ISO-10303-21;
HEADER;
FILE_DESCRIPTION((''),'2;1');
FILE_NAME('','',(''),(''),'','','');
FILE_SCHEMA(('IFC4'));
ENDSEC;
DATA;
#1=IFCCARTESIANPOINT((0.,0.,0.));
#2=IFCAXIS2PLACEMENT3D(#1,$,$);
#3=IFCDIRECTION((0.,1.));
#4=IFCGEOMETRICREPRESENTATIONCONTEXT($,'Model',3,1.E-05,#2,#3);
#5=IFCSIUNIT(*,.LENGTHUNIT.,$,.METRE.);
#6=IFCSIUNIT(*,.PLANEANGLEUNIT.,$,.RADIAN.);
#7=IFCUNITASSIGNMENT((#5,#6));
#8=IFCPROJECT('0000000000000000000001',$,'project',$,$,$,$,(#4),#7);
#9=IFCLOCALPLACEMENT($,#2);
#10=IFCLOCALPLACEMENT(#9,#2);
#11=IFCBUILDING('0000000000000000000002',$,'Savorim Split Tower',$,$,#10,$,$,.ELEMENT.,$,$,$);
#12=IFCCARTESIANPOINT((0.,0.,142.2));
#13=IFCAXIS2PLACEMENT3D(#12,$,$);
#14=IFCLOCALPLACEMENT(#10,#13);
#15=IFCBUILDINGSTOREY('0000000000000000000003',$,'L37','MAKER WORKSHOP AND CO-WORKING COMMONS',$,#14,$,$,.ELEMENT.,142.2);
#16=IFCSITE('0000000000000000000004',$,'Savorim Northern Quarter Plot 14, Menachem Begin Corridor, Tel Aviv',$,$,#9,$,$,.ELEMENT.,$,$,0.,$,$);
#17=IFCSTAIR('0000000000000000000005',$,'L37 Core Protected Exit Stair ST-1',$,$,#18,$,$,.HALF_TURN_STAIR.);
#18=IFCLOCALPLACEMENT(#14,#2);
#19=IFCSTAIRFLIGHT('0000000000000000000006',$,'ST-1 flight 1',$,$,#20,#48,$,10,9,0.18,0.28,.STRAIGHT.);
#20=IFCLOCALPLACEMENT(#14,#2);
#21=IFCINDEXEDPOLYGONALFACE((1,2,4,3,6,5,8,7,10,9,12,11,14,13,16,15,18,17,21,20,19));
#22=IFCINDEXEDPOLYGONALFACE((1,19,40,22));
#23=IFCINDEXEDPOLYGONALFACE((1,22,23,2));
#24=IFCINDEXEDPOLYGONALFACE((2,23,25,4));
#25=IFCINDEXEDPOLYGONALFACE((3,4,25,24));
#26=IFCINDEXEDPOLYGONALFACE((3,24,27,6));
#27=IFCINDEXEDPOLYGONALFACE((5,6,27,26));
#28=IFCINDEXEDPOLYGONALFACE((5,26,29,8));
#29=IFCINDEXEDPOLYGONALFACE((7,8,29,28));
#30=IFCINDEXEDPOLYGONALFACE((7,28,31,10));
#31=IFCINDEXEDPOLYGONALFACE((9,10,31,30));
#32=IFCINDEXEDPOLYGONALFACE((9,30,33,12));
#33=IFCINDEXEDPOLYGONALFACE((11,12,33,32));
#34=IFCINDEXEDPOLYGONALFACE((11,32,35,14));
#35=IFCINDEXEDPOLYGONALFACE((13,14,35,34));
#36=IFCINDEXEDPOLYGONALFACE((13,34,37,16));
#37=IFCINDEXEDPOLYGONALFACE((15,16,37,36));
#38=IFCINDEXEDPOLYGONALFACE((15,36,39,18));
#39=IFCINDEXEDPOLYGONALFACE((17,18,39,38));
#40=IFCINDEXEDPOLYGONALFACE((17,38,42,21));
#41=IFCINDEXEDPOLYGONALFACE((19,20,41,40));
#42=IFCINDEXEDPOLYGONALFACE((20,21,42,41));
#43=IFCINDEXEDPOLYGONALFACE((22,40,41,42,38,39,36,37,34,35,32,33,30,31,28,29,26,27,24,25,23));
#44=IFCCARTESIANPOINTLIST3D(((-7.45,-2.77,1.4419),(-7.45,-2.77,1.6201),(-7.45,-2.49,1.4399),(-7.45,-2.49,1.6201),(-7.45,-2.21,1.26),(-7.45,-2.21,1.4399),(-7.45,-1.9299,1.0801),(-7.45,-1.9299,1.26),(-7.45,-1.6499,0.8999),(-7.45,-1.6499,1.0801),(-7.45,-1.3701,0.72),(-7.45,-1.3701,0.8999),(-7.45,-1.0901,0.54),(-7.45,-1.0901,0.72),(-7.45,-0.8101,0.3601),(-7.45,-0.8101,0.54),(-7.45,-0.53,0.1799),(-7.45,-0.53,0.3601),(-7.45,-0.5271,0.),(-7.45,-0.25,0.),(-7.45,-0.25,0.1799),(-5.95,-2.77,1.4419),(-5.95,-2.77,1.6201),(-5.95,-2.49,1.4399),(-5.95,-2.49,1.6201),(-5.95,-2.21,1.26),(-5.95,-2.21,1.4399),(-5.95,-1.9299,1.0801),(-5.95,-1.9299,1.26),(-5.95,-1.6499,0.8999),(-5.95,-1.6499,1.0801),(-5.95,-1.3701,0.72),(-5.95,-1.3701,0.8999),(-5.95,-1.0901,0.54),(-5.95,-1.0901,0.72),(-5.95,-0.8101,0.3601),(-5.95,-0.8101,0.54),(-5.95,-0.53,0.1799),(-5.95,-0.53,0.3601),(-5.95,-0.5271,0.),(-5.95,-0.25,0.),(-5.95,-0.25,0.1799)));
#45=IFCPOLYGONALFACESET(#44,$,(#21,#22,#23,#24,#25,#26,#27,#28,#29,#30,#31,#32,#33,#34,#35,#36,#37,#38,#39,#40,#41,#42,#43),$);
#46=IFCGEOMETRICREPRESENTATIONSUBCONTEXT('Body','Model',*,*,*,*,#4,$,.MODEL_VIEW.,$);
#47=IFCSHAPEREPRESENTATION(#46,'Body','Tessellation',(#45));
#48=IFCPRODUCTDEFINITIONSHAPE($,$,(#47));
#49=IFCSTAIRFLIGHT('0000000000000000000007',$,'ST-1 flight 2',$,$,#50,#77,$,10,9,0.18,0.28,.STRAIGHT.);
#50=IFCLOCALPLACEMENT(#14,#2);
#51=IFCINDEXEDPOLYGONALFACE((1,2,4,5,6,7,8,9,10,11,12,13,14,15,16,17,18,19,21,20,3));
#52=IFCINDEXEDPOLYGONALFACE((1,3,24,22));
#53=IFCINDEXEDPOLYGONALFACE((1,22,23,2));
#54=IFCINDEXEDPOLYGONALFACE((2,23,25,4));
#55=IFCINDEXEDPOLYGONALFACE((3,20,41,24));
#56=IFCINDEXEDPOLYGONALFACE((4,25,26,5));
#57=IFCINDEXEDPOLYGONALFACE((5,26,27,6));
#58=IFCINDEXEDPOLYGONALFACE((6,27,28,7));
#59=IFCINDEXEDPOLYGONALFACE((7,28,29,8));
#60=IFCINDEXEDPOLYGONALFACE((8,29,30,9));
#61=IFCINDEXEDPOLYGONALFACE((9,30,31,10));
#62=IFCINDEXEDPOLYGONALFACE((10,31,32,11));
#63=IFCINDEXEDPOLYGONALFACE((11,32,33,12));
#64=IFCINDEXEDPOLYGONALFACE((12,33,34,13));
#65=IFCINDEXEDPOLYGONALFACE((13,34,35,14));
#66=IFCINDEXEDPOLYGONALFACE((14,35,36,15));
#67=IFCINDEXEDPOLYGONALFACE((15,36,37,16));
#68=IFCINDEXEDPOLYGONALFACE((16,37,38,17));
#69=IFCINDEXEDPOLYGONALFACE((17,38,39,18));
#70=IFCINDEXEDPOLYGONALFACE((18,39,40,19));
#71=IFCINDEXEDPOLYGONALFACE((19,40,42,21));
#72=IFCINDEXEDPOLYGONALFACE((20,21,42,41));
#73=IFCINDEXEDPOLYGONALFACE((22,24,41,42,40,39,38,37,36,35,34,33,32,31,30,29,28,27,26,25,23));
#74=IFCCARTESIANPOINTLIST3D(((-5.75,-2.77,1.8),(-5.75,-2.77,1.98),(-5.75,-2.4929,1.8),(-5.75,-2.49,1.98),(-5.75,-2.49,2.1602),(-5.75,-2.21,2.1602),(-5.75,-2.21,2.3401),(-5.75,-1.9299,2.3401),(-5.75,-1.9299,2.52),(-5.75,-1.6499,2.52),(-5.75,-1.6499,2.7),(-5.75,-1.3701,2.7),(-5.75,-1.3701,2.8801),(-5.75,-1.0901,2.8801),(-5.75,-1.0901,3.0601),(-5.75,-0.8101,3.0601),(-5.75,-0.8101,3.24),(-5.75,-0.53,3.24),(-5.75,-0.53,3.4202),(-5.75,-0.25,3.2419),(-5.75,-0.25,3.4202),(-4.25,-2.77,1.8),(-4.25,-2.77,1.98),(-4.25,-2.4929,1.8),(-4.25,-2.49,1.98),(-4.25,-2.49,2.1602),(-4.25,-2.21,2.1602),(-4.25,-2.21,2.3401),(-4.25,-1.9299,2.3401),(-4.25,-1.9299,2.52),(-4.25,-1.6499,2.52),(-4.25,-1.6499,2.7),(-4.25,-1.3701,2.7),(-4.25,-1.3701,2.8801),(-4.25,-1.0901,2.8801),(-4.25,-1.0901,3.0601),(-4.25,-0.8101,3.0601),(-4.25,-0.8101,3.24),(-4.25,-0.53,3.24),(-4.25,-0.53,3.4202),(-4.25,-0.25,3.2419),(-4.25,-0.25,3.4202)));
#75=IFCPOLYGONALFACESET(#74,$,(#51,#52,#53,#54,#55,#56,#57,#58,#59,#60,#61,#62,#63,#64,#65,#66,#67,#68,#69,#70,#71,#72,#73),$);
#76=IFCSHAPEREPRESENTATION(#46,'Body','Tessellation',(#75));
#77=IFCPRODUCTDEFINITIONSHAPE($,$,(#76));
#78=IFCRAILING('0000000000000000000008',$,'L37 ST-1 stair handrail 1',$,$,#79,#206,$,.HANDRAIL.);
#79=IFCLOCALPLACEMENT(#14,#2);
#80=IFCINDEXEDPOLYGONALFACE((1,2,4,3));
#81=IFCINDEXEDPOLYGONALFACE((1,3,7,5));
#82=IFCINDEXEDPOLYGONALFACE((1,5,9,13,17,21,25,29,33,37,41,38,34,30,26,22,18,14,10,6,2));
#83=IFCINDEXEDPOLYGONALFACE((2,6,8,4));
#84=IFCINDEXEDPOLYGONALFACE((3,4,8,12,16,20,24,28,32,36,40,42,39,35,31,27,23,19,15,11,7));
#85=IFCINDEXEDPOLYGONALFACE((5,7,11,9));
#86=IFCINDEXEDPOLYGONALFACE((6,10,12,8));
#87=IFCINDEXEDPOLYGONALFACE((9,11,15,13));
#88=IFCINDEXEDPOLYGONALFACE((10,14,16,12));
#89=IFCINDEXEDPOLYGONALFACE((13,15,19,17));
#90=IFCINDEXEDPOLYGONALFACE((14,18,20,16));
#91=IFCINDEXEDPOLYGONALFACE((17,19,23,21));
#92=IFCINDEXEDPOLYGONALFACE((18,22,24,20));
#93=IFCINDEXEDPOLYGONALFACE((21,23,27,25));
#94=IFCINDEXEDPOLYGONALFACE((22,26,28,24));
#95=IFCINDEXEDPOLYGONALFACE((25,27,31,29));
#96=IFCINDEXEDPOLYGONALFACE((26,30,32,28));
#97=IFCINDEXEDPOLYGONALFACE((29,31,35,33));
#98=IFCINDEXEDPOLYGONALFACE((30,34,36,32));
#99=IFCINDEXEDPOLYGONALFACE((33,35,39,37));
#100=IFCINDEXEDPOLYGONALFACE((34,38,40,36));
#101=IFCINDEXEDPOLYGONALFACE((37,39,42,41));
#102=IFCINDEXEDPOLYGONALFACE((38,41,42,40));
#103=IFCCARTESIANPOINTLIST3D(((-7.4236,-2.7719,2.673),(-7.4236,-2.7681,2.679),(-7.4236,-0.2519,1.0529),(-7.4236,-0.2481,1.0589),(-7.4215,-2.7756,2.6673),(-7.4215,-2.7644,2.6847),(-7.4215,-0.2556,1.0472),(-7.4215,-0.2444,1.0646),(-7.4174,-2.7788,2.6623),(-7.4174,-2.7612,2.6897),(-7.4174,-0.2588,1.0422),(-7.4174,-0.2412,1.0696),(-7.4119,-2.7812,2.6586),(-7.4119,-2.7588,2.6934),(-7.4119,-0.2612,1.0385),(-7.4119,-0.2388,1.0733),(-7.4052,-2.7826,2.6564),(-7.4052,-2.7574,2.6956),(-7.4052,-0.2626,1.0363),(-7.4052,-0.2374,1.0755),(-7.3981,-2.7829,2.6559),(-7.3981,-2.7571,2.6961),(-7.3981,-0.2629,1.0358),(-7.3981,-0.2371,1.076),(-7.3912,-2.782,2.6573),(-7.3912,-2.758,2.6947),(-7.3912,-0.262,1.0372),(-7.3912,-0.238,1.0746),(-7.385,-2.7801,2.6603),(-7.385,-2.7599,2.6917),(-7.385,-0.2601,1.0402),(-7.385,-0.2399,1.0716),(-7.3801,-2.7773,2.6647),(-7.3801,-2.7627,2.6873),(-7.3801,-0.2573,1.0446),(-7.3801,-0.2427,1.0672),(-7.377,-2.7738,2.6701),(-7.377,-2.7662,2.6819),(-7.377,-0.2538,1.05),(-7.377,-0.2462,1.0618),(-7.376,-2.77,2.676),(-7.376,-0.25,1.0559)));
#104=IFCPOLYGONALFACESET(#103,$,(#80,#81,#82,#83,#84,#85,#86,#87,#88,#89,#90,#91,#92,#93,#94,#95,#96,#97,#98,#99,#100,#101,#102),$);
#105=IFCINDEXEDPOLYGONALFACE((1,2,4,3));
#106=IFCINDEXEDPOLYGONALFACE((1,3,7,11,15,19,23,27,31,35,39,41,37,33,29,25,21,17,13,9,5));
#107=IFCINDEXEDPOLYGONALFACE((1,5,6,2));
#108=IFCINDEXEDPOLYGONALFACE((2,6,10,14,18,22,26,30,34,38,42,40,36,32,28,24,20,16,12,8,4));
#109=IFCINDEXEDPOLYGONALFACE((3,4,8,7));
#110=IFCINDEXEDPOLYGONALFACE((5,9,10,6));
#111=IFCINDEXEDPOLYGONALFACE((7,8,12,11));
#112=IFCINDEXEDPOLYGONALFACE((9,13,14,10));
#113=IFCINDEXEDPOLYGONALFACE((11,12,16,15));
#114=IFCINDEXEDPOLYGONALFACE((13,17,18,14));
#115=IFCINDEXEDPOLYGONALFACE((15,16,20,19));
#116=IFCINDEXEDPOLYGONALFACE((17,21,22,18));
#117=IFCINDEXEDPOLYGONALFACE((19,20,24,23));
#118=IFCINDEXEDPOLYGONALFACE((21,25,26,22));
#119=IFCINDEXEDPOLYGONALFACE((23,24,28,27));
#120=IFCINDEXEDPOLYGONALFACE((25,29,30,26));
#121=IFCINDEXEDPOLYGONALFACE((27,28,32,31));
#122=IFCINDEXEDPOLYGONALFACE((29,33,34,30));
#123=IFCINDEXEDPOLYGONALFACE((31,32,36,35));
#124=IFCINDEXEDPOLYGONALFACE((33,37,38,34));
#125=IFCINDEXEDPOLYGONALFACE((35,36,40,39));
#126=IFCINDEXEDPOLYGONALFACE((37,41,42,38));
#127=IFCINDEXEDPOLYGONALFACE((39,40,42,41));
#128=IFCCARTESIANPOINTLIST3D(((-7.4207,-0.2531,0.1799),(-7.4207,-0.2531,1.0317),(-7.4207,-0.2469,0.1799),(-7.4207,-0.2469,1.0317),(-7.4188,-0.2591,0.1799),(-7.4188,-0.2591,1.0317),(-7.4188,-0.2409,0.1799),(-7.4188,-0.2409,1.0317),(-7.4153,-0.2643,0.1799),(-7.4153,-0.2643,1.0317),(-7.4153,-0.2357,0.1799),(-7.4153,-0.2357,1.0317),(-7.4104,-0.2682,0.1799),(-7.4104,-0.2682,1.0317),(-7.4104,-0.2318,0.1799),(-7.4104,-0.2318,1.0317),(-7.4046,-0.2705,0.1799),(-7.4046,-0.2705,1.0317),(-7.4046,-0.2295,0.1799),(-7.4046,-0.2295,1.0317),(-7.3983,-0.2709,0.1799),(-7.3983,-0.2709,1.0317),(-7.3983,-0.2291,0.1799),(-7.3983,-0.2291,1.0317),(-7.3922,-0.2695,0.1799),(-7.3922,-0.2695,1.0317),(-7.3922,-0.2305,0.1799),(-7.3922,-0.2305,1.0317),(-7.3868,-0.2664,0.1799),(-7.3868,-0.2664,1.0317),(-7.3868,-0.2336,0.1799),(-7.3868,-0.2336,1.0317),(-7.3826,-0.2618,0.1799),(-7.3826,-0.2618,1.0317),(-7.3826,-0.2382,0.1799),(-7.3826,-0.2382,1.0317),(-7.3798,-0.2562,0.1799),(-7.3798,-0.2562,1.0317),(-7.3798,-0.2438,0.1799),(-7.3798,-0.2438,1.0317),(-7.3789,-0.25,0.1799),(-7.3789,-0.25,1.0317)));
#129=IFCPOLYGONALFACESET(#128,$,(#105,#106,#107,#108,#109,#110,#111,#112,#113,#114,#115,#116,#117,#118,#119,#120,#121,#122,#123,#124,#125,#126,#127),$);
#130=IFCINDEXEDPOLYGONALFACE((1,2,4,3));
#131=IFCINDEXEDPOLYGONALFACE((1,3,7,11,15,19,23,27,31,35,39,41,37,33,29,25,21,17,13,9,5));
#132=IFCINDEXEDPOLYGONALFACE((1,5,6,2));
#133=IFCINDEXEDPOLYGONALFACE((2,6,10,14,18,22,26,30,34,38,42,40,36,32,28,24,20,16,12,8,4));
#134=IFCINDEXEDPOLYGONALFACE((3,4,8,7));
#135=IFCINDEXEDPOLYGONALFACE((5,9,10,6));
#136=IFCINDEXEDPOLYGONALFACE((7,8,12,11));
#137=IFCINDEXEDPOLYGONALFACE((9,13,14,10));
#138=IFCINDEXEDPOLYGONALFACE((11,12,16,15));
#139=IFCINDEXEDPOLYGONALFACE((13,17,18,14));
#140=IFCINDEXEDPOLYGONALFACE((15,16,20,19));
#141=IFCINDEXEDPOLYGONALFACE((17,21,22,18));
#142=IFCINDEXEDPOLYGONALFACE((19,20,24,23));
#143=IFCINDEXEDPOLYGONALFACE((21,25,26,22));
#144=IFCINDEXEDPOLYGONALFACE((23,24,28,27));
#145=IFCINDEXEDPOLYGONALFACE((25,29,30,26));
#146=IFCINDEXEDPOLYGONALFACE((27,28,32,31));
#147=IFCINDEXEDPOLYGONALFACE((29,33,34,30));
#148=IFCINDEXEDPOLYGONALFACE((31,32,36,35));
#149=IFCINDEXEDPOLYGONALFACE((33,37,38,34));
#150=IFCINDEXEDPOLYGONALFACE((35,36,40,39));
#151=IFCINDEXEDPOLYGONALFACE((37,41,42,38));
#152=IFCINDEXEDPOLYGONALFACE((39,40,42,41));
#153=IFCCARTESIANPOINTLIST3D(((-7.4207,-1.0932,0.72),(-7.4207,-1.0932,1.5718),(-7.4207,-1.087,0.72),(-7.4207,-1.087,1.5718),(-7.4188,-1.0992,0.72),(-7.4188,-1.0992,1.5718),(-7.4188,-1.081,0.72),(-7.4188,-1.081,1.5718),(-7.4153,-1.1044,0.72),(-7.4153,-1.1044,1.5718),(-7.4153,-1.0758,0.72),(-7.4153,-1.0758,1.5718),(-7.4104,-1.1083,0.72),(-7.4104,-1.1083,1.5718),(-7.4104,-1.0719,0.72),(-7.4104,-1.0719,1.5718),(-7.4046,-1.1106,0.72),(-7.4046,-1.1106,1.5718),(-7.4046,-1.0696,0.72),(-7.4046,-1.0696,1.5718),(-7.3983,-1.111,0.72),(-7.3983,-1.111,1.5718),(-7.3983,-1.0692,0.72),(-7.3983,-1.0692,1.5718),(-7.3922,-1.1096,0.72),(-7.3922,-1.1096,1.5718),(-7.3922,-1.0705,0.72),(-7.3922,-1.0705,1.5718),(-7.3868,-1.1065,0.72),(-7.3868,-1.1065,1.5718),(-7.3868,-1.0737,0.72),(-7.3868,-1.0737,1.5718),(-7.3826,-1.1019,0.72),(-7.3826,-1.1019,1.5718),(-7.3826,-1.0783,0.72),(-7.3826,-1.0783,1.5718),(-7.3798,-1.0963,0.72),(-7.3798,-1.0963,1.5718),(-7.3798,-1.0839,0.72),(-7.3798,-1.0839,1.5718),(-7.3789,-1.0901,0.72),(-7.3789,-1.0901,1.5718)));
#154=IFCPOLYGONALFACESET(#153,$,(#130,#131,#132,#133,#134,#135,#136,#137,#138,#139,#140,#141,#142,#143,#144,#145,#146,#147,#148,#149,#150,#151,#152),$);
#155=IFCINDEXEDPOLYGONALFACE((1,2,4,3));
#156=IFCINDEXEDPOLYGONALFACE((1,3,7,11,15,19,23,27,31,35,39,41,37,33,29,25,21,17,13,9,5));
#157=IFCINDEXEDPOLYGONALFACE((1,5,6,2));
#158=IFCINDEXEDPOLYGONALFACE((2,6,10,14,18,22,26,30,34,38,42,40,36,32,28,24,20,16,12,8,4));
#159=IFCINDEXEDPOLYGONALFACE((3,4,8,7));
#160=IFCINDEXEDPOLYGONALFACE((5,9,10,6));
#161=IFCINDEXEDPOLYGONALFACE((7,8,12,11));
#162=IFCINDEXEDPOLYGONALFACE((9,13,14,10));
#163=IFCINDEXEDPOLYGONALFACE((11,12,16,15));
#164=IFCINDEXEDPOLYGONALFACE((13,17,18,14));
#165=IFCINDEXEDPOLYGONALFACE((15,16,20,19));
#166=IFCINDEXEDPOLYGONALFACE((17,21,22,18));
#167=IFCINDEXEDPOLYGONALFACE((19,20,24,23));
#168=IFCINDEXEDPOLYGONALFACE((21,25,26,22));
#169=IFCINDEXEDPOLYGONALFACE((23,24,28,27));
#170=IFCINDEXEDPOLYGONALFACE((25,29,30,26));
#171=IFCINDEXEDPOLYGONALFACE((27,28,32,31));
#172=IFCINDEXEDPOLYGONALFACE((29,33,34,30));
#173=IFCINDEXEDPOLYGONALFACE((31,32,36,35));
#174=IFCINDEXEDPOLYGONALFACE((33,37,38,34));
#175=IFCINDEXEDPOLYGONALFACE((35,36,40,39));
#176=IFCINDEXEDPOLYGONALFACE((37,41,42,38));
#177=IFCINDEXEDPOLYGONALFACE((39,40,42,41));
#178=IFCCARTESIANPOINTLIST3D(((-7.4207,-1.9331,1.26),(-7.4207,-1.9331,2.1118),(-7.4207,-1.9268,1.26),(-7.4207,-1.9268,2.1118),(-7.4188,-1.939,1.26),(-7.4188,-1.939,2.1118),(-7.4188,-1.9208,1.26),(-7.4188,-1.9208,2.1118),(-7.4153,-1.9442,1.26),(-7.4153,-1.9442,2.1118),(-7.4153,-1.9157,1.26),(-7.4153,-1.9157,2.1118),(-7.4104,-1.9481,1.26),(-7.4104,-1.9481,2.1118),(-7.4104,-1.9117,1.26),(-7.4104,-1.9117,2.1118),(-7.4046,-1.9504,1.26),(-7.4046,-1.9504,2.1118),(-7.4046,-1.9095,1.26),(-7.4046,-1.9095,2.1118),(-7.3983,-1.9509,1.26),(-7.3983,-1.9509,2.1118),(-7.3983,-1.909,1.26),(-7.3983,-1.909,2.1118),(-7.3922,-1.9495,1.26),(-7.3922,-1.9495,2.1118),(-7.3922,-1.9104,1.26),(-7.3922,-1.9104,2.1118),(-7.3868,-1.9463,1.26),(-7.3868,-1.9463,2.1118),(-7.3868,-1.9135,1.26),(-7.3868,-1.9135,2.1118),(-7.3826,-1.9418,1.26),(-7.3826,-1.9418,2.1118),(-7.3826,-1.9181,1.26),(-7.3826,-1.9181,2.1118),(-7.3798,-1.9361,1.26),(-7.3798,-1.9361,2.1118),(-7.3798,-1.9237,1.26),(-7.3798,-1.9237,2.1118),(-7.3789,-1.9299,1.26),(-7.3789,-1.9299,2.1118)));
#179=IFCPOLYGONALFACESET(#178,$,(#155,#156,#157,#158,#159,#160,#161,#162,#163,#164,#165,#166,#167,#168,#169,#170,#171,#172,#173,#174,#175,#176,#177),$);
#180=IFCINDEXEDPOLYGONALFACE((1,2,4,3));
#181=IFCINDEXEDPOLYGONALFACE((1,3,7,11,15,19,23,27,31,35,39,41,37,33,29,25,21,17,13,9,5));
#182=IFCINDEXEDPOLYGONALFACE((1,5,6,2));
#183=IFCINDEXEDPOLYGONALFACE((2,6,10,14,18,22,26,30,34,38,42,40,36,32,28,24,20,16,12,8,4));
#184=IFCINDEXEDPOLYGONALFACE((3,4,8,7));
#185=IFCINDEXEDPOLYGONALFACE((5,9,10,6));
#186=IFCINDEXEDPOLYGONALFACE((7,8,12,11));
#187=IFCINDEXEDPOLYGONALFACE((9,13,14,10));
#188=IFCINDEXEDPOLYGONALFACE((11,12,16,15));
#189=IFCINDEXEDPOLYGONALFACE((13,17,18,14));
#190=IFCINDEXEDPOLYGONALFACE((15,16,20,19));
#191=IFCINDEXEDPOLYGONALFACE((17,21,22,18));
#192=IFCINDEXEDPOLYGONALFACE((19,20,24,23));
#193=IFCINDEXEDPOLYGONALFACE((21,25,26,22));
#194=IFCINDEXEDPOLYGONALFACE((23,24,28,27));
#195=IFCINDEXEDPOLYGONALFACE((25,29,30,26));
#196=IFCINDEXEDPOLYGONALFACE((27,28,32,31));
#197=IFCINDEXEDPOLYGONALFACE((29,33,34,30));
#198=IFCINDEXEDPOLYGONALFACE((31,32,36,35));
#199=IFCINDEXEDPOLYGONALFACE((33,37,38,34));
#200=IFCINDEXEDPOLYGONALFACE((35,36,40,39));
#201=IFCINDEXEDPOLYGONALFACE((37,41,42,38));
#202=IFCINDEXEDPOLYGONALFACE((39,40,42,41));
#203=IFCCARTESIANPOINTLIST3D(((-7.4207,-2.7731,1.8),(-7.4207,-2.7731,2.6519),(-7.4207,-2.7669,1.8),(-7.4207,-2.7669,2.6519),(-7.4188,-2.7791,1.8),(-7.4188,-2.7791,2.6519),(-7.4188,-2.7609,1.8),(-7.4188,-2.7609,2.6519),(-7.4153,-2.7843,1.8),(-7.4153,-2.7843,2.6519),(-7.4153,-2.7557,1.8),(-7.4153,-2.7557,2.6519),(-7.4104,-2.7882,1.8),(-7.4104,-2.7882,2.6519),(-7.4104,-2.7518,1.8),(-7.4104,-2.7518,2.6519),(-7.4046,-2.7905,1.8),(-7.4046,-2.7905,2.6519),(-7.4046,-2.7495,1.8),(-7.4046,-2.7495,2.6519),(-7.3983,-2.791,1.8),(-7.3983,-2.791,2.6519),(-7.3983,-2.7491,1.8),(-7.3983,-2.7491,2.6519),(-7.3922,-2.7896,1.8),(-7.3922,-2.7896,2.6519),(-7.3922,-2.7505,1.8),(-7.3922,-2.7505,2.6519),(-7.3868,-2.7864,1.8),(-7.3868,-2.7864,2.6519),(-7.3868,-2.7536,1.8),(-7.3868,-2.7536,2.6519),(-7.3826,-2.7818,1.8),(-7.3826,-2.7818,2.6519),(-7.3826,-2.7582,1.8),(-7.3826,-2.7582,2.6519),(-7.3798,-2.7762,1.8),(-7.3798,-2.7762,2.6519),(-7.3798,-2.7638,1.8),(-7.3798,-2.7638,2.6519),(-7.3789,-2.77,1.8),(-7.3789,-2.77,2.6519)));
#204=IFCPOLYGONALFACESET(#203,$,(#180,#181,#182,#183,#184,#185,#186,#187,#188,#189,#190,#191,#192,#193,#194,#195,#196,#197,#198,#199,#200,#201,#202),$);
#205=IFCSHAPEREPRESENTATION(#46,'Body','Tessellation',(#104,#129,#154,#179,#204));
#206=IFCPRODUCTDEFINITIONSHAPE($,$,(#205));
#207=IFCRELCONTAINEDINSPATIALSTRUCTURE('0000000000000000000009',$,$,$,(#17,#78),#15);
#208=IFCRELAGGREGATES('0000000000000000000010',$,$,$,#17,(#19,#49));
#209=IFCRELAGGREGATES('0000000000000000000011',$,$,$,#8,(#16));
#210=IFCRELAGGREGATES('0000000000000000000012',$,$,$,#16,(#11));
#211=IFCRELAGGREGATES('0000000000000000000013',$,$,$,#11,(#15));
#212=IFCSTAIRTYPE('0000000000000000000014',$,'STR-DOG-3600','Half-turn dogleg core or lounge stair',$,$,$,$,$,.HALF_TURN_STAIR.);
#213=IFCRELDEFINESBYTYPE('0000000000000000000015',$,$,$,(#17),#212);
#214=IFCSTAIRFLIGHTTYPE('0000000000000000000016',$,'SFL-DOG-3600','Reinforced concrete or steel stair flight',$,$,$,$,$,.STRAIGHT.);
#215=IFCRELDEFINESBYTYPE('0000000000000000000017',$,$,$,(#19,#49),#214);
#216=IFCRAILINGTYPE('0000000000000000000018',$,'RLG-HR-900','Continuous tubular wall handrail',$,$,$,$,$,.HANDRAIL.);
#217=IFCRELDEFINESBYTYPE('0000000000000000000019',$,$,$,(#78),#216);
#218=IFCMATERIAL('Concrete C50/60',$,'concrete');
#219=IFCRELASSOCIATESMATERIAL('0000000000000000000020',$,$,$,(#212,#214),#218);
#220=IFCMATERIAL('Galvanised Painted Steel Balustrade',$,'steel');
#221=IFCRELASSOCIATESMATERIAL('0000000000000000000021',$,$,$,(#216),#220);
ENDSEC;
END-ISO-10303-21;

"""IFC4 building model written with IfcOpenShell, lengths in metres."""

from ifc_helpers import new_model, si_unit, direction, frame, origin, origin_2d, place, context, subcontext, project, spatial, polyline, circle, outline, extrude, material, type_object, element, aggregate, save


model = new_model("IFC4")

# Units and contexts
model_context = context("Model", 3, precision=1e-05, world=origin(), true_north=direction((0.0, 1.0)))
body_context = subcontext(model_context, "Body", "Model", "MODEL_VIEW")
ifc_project = project(units=[si_unit("LENGTHUNIT", "METRE"), si_unit("PLANEANGLEUNIT", "RADIAN")], contexts=[model_context])

# Site, building, storey
site_placement = place(None, origin())
site = spatial("IfcSite", under=ifc_project, at=site_placement, Name="Savorim Northern Quarter Plot 14, Menachem Begin Corridor, Tel Aviv", CompositionType="ELEMENT", RefElevation=0.0)
building_placement = place(site_placement, origin())
building = spatial("IfcBuilding", under=site, at=building_placement, Name="Savorim Split Tower", CompositionType="ELEMENT")
storey_placement = place(building_placement, frame((0.0, 0.0, 142.2)))
storey = spatial("IfcBuildingStorey", under=building, at=storey_placement, Name="L37", Description="MAKER WORKSHOP AND CO-WORKING COMMONS", CompositionType="ELEMENT", Elevation=142.2)

# Shared definitions
ifc_material_1 = material(Name="Concrete C50/60", Category="concrete")

# Stair
stair_type = type_object("IfcStairType", Name="STR-DOG-3600", Description="Half-turn dogleg core or lounge stair", PredefinedType="HALF_TURN_STAIR", material=ifc_material_1)
stair_1_placement = place(storey_placement, origin())
stair_1 = element("IfcStair", 1, at=stair_1_placement, inside=storey, type_object=stair_type, Name="L37 Core Protected Exit Stair ST-1", PredefinedType="HALF_TURN_STAIR")

# Stair flights
stair_flight_type = type_object("IfcStairFlightType", Name="SFL-DOG-3600", Description="Reinforced concrete or steel stair flight", PredefinedType="STRAIGHT", material=ifc_material_1)
stair_flight_1_placement = place(storey_placement, frame((-6.7, -0.25, 0.0), z_axis=(0.0, 0.0, 1.0), x_axis=(0.0, -1.0, 0.0)))
stair_flight_1 = element("IfcStairFlight", 2, at=stair_flight_1_placement, type_object=stair_flight_type, Name="ST-1 flight 1", NumberOfRisers=10, NumberOfTreads=9, PredefinedType="STRAIGHT", RiserHeight=0.18, TreadLength=0.28, context=body_context, shape_type="SweptSolid", body=[
    extrude(outline(polyline([(0.0, 0.0), (0.0, 0.1799), (0.28, 0.1799), (0.28, 0.3601), (0.5601, 0.3601), (0.5601, 0.54), (0.8401, 0.54), (0.8401, 0.72), (1.1201, 0.72), (1.1201, 0.8999), (1.3999, 0.8999), (1.3999, 1.0801), (1.6799, 1.0801), (1.6799, 1.26), (1.96, 1.26), (1.96, 1.4399), (2.24, 1.4399), (2.24, 1.6201), (2.52, 1.6201), (2.52, 1.8), (2.52, 1.4419), (0.2771, 0.0), (0.0, 0.0)])), frame((0.0, 0.75, 0.0), z_axis=(0.0, -1.0, 0.0), x_axis=(1.0, 0.0, 0.0)), (0.0, 0.0, 1.0), 1.5),
])
stair_flight_2_placement = place(storey_placement, frame((-5.0, -2.77, 1.8), z_axis=(0.0, 0.0, 1.0), x_axis=(0.0, 1.0, 0.0)))
stair_flight_2 = element("IfcStairFlight", 3, at=stair_flight_2_placement, type_object=stair_flight_type, Name="ST-1 flight 2", NumberOfRisers=10, NumberOfTreads=9, PredefinedType="STRAIGHT", RiserHeight=0.18, TreadLength=0.28, context=body_context, shape_type="SweptSolid", body=[
    extrude(outline(polyline([(0.0, 0.0), (0.0, 0.1799), (0.28, 0.1799), (0.28, 0.3601), (0.5601, 0.3601), (0.5601, 0.54), (0.8401, 0.54), (0.8401, 0.72), (1.1201, 0.72), (1.1201, 0.8999), (1.3999, 0.8999), (1.3999, 1.0801), (1.6799, 1.0801), (1.6799, 1.26), (1.96, 1.26), (1.96, 1.4399), (2.24, 1.4399), (2.24, 1.6201), (2.52, 1.6201), (2.52, 1.8), (2.52, 1.4419), (0.2771, 0.0), (0.0, 0.0)])), frame((0.0, 0.75, 0.0), z_axis=(0.0, -1.0, 0.0), x_axis=(1.0, 0.0, 0.0)), (0.0, 0.0, 1.0), 1.5),
])
aggregate(stair_1, [stair_flight_1, stair_flight_2])

# Railing
ifc_material_2 = material(Name="Galvanised Painted Steel Balustrade", Category="steel")
railing_type_1 = type_object("IfcRailingType", Name="RLG-HR-900", Description="Continuous tubular wall handrail", PredefinedType="HANDRAIL", material=ifc_material_2)
railing_1_placement = place(storey_placement, frame((-7.3999, -0.25, 0.1799)))
element("IfcRailing", 4, at=railing_1_placement, inside=storey, type_object=railing_type_1, Name="L37 ST-1 stair handrail 1", PredefinedType="HANDRAIL", context=body_context, shape_type="SweptSolid", body=[
    extrude(circle(Radius=0.0239, at=origin_2d()), frame((0.0, 0.0, 0.876), z_axis=(0.0, -0.841163, 0.540782), x_axis=(1.0, 0.0, 0.0)), (0.0, 0.0, 1.0), 2.9958),
    extrude(circle(Radius=0.021, at=origin_2d()), origin(), (0.0, 0.0, 1.0), 0.8518),
    extrude(circle(Radius=0.021, at=origin_2d()), frame((0.0, -0.8401, 0.54)), (0.0, 0.0, 1.0), 0.8518),
    extrude(circle(Radius=0.021, at=origin_2d()), frame((0.0, -1.6799, 1.0801)), (0.0, 0.0, 1.0), 0.8518),
    extrude(circle(Radius=0.021, at=origin_2d()), frame((0.0, -2.52, 1.6201)), (0.0, 0.0, 1.0), 0.8518),
])

save(model, "model.ifc")
